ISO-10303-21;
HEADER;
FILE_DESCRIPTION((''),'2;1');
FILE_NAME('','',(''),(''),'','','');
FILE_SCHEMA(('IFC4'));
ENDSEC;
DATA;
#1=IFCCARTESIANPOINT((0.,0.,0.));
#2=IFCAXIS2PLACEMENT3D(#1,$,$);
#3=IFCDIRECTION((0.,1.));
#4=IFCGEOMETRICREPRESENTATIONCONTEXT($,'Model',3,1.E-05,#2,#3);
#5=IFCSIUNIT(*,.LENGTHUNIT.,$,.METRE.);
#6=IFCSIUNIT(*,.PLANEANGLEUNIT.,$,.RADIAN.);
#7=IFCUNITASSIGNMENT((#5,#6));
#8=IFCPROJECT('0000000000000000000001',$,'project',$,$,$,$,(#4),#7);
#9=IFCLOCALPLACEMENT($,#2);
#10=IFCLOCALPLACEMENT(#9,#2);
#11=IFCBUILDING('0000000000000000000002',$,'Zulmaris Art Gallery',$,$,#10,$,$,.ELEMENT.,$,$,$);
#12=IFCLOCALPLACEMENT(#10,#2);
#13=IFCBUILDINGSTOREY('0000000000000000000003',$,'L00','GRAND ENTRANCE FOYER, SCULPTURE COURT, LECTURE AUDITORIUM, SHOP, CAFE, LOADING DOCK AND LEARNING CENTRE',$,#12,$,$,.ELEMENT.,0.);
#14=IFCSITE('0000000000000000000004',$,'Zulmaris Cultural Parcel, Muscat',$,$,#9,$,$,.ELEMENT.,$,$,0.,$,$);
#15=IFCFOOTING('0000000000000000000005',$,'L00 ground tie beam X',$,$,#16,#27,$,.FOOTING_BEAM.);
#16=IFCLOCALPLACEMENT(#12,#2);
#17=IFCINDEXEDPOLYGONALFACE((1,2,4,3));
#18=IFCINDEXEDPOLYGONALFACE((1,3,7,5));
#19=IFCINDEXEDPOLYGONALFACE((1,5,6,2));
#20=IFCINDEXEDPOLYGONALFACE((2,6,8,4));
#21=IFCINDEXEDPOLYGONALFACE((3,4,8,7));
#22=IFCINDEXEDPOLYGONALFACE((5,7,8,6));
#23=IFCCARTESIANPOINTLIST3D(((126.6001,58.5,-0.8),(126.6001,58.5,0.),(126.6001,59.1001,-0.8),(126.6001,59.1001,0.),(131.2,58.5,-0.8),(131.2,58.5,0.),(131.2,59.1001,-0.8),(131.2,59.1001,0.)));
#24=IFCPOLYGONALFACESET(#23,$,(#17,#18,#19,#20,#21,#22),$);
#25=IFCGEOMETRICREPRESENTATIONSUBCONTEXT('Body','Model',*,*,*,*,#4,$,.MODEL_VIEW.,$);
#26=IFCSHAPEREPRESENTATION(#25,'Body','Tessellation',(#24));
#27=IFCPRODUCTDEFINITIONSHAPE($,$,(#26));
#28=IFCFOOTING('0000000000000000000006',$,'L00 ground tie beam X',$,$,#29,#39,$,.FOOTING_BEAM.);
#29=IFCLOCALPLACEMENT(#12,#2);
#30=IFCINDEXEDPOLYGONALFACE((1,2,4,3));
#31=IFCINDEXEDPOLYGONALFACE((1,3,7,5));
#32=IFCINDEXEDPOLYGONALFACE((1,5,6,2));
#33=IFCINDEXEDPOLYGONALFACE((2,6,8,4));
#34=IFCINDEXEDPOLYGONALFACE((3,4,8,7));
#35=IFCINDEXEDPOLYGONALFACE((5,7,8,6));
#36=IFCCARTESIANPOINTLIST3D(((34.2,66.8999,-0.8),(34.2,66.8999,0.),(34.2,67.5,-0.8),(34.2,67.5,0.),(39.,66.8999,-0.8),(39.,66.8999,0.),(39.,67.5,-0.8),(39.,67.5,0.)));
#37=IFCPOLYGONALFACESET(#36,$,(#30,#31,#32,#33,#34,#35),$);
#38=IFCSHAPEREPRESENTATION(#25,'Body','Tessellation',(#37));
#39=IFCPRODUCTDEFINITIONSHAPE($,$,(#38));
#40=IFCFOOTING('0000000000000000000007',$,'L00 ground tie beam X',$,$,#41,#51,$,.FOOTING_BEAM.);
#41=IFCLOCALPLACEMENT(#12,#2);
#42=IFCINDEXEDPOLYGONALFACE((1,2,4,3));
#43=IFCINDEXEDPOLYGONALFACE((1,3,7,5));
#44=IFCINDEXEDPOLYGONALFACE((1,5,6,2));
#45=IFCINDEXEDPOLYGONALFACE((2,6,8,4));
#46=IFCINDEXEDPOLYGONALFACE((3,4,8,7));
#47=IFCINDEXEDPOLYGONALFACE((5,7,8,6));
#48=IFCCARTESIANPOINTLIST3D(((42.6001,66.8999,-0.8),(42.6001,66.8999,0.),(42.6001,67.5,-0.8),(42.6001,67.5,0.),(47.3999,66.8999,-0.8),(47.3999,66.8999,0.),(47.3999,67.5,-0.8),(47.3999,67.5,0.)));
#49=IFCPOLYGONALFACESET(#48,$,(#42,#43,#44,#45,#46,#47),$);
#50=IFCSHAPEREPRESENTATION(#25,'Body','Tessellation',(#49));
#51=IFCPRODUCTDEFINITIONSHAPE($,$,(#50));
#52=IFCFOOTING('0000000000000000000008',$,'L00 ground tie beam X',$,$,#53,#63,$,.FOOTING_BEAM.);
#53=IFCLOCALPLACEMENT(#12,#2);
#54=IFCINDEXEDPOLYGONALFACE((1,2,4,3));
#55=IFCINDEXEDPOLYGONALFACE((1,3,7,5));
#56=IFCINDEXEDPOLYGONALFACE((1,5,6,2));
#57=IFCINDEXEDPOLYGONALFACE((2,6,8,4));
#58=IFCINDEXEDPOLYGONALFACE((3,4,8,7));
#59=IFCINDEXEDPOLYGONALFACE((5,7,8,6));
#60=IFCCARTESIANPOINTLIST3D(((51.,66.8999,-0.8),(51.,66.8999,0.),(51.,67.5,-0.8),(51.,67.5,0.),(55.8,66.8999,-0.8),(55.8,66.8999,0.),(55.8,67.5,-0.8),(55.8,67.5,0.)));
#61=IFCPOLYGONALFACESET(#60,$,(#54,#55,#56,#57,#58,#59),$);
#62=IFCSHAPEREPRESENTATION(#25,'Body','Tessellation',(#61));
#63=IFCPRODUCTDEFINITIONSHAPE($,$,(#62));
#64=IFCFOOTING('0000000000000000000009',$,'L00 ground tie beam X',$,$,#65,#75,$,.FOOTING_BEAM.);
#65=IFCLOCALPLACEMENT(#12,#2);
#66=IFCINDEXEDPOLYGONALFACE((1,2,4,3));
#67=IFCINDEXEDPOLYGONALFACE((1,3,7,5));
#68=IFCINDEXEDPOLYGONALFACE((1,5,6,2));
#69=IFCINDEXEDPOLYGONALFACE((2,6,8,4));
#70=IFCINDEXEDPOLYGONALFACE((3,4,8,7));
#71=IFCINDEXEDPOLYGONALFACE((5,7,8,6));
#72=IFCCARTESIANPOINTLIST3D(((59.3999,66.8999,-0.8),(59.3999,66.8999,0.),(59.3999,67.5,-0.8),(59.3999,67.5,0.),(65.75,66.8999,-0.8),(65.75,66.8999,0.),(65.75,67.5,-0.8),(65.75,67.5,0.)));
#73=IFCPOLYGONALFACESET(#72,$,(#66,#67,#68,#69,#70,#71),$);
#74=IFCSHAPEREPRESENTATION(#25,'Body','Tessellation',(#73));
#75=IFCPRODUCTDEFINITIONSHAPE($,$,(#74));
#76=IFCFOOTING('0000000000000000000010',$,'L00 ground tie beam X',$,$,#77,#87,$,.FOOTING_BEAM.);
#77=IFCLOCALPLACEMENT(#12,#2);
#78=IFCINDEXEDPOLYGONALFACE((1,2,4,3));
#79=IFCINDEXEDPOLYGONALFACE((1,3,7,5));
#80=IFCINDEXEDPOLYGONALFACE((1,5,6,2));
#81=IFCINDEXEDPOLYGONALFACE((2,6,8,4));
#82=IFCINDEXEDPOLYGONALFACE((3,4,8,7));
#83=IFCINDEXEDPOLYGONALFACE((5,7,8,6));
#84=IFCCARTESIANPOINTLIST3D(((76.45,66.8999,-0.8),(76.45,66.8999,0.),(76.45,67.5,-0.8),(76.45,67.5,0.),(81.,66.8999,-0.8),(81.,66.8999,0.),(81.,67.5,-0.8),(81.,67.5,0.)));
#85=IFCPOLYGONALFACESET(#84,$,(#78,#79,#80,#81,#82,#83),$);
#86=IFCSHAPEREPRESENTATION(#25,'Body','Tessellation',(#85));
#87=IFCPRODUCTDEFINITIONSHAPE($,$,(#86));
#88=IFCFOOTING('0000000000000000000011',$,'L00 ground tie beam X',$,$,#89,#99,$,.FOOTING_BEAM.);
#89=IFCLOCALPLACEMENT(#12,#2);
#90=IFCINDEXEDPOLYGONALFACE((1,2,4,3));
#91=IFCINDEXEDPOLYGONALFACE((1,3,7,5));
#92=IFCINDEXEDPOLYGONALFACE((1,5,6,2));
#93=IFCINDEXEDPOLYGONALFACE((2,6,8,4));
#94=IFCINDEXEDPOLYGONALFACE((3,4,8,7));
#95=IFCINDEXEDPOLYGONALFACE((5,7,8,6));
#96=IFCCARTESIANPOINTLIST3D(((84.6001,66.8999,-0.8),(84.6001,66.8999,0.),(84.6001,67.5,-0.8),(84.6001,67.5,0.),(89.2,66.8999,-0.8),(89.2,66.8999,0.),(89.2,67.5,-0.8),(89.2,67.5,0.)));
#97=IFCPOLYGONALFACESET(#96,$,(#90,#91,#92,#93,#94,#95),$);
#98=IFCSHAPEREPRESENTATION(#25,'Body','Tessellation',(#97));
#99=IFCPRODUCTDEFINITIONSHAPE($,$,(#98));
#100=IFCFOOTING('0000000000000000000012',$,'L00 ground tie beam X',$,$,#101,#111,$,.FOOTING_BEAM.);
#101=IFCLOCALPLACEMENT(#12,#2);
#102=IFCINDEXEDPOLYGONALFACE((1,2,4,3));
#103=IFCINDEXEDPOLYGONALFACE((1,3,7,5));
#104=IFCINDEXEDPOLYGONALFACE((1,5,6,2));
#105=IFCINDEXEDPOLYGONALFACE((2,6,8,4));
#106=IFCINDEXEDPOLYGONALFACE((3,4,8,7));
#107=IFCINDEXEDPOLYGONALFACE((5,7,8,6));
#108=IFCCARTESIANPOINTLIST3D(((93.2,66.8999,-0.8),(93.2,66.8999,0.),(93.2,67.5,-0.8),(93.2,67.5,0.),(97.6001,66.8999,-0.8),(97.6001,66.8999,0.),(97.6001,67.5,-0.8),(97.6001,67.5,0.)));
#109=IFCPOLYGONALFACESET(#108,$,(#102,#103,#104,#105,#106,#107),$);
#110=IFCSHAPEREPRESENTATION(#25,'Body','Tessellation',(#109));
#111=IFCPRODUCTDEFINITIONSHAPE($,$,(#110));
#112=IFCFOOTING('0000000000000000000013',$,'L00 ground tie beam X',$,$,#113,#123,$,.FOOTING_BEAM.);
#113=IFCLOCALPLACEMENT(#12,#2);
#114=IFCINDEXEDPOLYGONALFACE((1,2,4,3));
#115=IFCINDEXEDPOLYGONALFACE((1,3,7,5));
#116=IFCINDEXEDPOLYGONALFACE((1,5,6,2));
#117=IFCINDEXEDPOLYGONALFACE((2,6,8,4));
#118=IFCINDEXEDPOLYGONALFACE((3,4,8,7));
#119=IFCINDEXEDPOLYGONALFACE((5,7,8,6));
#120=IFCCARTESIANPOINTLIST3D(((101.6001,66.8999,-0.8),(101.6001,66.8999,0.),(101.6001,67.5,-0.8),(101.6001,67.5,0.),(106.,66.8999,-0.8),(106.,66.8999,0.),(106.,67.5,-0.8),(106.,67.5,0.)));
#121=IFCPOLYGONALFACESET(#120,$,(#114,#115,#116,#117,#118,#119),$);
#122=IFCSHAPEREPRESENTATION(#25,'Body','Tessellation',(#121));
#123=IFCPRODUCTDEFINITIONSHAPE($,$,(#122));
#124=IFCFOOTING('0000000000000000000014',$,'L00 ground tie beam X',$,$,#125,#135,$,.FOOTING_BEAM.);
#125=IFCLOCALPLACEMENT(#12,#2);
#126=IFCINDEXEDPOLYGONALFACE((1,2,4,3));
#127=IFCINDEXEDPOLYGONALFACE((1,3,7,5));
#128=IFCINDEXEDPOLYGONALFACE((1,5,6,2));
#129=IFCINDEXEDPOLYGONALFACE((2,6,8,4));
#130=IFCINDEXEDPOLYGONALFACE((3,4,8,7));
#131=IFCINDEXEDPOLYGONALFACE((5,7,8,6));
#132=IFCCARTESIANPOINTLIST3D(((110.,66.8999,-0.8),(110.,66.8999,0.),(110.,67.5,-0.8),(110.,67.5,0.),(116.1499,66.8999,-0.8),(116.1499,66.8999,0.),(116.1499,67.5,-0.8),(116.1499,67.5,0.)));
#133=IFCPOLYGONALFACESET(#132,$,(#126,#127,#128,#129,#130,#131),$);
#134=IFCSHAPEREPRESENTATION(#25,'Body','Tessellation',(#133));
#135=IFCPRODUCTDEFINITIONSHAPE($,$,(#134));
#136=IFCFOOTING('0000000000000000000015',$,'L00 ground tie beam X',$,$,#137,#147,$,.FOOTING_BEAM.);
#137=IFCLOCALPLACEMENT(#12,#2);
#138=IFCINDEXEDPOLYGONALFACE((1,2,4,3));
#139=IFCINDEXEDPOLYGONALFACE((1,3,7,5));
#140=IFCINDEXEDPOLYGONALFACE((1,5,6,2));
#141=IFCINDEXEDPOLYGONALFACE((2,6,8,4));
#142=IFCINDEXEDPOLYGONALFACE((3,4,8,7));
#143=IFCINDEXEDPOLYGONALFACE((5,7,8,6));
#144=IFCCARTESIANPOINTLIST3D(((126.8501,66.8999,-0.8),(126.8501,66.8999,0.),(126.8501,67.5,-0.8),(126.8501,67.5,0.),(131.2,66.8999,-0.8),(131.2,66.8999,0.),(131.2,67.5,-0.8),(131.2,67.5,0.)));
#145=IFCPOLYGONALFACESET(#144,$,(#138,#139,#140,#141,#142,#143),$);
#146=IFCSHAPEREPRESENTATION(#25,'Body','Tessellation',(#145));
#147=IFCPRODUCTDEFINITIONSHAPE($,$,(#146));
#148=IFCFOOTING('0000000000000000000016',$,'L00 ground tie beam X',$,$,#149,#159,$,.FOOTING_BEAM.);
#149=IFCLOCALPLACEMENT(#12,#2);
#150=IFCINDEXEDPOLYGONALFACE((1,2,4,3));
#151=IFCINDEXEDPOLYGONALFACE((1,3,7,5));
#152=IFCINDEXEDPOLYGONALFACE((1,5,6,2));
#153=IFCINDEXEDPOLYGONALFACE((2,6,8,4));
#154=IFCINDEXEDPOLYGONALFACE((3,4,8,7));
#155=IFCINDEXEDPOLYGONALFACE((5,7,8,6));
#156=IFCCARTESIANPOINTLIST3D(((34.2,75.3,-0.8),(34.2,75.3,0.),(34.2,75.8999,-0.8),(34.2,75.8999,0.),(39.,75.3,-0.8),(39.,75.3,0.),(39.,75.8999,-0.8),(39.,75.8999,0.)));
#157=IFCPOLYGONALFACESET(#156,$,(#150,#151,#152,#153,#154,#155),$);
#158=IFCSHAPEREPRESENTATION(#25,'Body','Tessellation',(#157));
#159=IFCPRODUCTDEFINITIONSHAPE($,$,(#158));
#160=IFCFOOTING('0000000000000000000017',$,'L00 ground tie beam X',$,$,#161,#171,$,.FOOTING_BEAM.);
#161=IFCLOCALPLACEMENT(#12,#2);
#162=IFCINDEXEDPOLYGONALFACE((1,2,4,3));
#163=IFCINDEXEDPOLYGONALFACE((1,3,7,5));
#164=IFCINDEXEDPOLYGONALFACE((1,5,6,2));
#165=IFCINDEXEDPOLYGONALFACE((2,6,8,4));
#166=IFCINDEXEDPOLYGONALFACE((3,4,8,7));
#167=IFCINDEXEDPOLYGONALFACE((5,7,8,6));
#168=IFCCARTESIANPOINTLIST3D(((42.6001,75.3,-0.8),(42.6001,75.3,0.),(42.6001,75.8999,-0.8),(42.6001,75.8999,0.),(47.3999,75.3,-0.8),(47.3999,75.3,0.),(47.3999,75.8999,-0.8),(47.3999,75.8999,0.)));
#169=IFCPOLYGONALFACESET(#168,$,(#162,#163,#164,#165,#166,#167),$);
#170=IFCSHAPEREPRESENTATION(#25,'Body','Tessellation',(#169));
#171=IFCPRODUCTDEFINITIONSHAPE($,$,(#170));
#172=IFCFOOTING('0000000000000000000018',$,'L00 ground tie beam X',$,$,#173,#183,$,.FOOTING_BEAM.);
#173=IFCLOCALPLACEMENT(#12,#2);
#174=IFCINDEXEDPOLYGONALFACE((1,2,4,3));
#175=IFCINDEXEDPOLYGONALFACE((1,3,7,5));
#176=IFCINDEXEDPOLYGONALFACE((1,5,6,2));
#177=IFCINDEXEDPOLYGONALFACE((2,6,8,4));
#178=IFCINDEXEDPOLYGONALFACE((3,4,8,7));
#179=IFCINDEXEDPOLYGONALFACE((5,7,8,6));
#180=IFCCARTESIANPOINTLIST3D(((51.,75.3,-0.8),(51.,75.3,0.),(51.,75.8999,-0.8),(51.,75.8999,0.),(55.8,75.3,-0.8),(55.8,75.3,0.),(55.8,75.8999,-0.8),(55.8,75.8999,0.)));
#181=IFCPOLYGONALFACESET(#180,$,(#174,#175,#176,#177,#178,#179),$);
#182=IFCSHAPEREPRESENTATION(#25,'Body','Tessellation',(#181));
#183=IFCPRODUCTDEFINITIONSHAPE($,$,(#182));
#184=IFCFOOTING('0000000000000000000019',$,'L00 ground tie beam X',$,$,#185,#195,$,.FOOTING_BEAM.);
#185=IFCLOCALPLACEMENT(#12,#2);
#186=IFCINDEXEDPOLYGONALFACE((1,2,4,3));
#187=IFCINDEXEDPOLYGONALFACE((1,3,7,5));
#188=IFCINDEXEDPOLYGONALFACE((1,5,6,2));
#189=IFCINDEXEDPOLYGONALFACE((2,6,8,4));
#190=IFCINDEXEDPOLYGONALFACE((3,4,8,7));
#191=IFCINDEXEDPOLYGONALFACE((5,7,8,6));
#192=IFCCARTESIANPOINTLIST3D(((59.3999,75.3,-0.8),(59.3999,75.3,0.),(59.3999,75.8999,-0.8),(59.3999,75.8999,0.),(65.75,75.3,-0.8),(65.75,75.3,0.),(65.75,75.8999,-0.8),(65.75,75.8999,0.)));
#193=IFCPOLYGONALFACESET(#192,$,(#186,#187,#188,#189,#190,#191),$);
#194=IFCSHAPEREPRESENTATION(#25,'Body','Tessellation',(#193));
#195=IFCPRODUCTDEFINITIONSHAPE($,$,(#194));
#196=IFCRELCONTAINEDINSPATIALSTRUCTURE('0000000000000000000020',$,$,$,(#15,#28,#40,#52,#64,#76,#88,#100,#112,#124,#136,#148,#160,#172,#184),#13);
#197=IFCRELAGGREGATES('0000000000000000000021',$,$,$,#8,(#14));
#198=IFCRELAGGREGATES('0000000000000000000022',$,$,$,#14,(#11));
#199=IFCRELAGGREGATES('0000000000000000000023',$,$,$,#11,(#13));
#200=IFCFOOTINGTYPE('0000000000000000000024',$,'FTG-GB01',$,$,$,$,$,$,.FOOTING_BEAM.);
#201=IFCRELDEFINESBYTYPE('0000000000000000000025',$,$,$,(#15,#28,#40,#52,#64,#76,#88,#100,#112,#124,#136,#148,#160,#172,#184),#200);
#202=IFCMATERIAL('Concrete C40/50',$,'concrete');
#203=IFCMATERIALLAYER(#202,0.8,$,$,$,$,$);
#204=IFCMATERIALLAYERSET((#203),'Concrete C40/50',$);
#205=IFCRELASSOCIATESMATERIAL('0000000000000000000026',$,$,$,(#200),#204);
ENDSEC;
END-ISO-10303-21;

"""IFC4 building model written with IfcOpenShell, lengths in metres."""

from ifc_helpers import new_model, si_unit, direction, frame, origin, place, context, subcontext, project, spatial, polyline, outline, extrude, material, layer, layer_set, type_object, element, save


model = new_model("IFC4")

# Units and contexts
model_context = context("Model", 3, precision=1e-05, world=origin(), true_north=direction((0.0, 1.0)))
body_context = subcontext(model_context, "Body", "Model", "MODEL_VIEW")
ifc_project = project(units=[si_unit("LENGTHUNIT", "METRE"), si_unit("PLANEANGLEUNIT", "RADIAN")], contexts=[model_context])

# Site, building, storey
site_placement = place(None, origin())
site = spatial("IfcSite", under=ifc_project, at=site_placement, Name="Zulmaris Cultural Parcel, Muscat", CompositionType="ELEMENT", RefElevation=0.0)
building_placement = place(site_placement, origin())
building = spatial("IfcBuilding", under=site, at=building_placement, Name="Zulmaris Art Gallery", CompositionType="ELEMENT")
storey_placement = place(building_placement, origin())
storey = spatial("IfcBuildingStorey", under=building, at=storey_placement, Name="L00", Description="GRAND ENTRANCE FOYER, SCULPTURE COURT, LECTURE AUDITORIUM, SHOP, CAFE, LOADING DOCK AND LEARNING CENTRE", CompositionType="ELEMENT", Elevation=0.0)

# Footings
ifc_material = material(Name="Concrete C40/50", Category="concrete")
ifc_layer = layer(ifc_material, 0.8)
ifc_layer_set = layer_set([ifc_layer], Name="Concrete C40/50")
footing_type = type_object("IfcFootingType", Name="FTG-GB01", PredefinedType="FOOTING_BEAM", material=ifc_layer_set)
footing_1_placement = place(storey_placement, frame((0.0, 0.0, -0.8)))
element("IfcFooting", 1, at=footing_1_placement, inside=storey, type_object=footing_type, Name="L00 ground tie beam X", PredefinedType="FOOTING_BEAM", context=body_context, shape_type="SweptSolid", body=[
    extrude(outline(polyline([(126.6001, 58.5), (131.2, 58.5), (131.2, 59.1001), (126.6001, 59.1001), (126.6001, 58.5)])), origin(), (0.0, 0.0, 1.0), 0.8),
])
footing_2_placement = place(storey_placement, frame((0.0, 0.0, -0.8)))
element("IfcFooting", 2, at=footing_2_placement, inside=storey, type_object=footing_type, Name="L00 ground tie beam X", PredefinedType="FOOTING_BEAM", context=body_context, shape_type="SweptSolid", body=[
    extrude(outline(polyline([(34.2, 66.8999), (39.0, 66.8999), (39.0, 67.5), (34.2, 67.5), (34.2, 66.8999)])), origin(), (0.0, 0.0, 1.0), 0.8),
])
footing_3_placement = place(storey_placement, frame((0.0, 0.0, -0.8)))
element("IfcFooting", 3, at=footing_3_placement, inside=storey, type_object=footing_type, Name="L00 ground tie beam X", PredefinedType="FOOTING_BEAM", context=body_context, shape_type="SweptSolid", body=[
    extrude(outline(polyline([(42.6001, 66.8999), (47.3999, 66.8999), (47.3999, 67.5), (42.6001, 67.5), (42.6001, 66.8999)])), origin(), (0.0, 0.0, 1.0), 0.8),
])
footing_4_placement = place(storey_placement, frame((0.0, 0.0, -0.8)))
element("IfcFooting", 4, at=footing_4_placement, inside=storey, type_object=footing_type, Name="L00 ground tie beam X", PredefinedType="FOOTING_BEAM", context=body_context, shape_type="SweptSolid", body=[
    extrude(outline(polyline([(51.0, 66.8999), (55.8, 66.8999), (55.8, 67.5), (51.0, 67.5), (51.0, 66.8999)])), origin(), (0.0, 0.0, 1.0), 0.8),
])
footing_5_placement = place(storey_placement, frame((0.0, 0.0, -0.8)))
element("IfcFooting", 5, at=footing_5_placement, inside=storey, type_object=footing_type, Name="L00 ground tie beam X", PredefinedType="FOOTING_BEAM", context=body_context, shape_type="SweptSolid", body=[
    extrude(outline(polyline([(59.3999, 66.8999), (65.75, 66.8999), (65.75, 67.5), (59.3999, 67.5), (59.3999, 66.8999)])), origin(), (0.0, 0.0, 1.0), 0.8),
])
footing_6_placement = place(storey_placement, frame((0.0, 0.0, -0.8)))
element("IfcFooting", 6, at=footing_6_placement, inside=storey, type_object=footing_type, Name="L00 ground tie beam X", PredefinedType="FOOTING_BEAM", context=body_context, shape_type="SweptSolid", body=[
    extrude(outline(polyline([(76.45, 66.8999), (81.0, 66.8999), (81.0, 67.5), (76.45, 67.5), (76.45, 66.8999)])), origin(), (0.0, 0.0, 1.0), 0.8),
])
footing_7_placement = place(storey_placement, frame((0.0, 0.0, -0.8)))
element("IfcFooting", 7, at=footing_7_placement, inside=storey, type_object=footing_type, Name="L00 ground tie beam X", PredefinedType="FOOTING_BEAM", context=body_context, shape_type="SweptSolid", body=[
    extrude(outline(polyline([(84.6001, 66.8999), (89.2, 66.8999), (89.2, 67.5), (84.6001, 67.5), (84.6001, 66.8999)])), origin(), (0.0, 0.0, 1.0), 0.8),
])
footing_8_placement = place(storey_placement, frame((0.0, 0.0, -0.8)))
element("IfcFooting", 8, at=footing_8_placement, inside=storey, type_object=footing_type, Name="L00 ground tie beam X", PredefinedType="FOOTING_BEAM", context=body_context, shape_type="SweptSolid", body=[
    extrude(outline(polyline([(93.2, 66.8999), (97.6001, 66.8999), (97.6001, 67.5), (93.2, 67.5), (93.2, 66.8999)])), origin(), (0.0, 0.0, 1.0), 0.8),
])
footing_9_placement = place(storey_placement, frame((0.0, 0.0, -0.8)))
element("IfcFooting", 9, at=footing_9_placement, inside=storey, type_object=footing_type, Name="L00 ground tie beam X", PredefinedType="FOOTING_BEAM", context=body_context, shape_type="SweptSolid", body=[
    extrude(outline(polyline([(101.6001, 66.8999), (106.0, 66.8999), (106.0, 67.5), (101.6001, 67.5), (101.6001, 66.8999)])), origin(), (0.0, 0.0, 1.0), 0.8),
])
footing_10_placement = place(storey_placement, frame((0.0, 0.0, -0.8)))
element("IfcFooting", 10, at=footing_10_placement, inside=storey, type_object=footing_type, Name="L00 ground tie beam X", PredefinedType="FOOTING_BEAM", context=body_context, shape_type="SweptSolid", body=[
    extrude(outline(polyline([(110.0, 66.8999), (116.1499, 66.8999), (116.1499, 67.5), (110.0, 67.5), (110.0, 66.8999)])), origin(), (0.0, 0.0, 1.0), 0.8),
])
footing_11_placement = place(storey_placement, frame((0.0, 0.0, -0.8)))
element("IfcFooting", 11, at=footing_11_placement, inside=storey, type_object=footing_type, Name="L00 ground tie beam X", PredefinedType="FOOTING_BEAM", context=body_context, shape_type="SweptSolid", body=[
    extrude(outline(polyline([(126.8501, 66.8999), (131.2, 66.8999), (131.2, 67.5), (126.8501, 67.5), (126.8501, 66.8999)])), origin(), (0.0, 0.0, 1.0), 0.8),
])
footing_12_placement = place(storey_placement, frame((0.0, 0.0, -0.8)))
element("IfcFooting", 12, at=footing_12_placement, inside=storey, type_object=footing_type, Name="L00 ground tie beam X", PredefinedType="FOOTING_BEAM", context=body_context, shape_type="SweptSolid", body=[
    extrude(outline(polyline([(34.2, 75.3), (39.0, 75.3), (39.0, 75.8999), (34.2, 75.8999), (34.2, 75.3)])), origin(), (0.0, 0.0, 1.0), 0.8),
])
footing_13_placement = place(storey_placement, frame((0.0, 0.0, -0.8)))
element("IfcFooting", 13, at=footing_13_placement, inside=storey, type_object=footing_type, Name="L00 ground tie beam X", PredefinedType="FOOTING_BEAM", context=body_context, shape_type="SweptSolid", body=[
    extrude(outline(polyline([(42.6001, 75.3), (47.3999, 75.3), (47.3999, 75.8999), (42.6001, 75.8999), (42.6001, 75.3)])), origin(), (0.0, 0.0, 1.0), 0.8),
])
footing_14_placement = place(storey_placement, frame((0.0, 0.0, -0.8)))
element("IfcFooting", 14, at=footing_14_placement, inside=storey, type_object=footing_type, Name="L00 ground tie beam X", PredefinedType="FOOTING_BEAM", context=body_context, shape_type="SweptSolid", body=[
    extrude(outline(polyline([(51.0, 75.3), (55.8, 75.3), (55.8, 75.8999), (51.0, 75.8999), (51.0, 75.3)])), origin(), (0.0, 0.0, 1.0), 0.8),
])
footing_15_placement = place(storey_placement, frame((0.0, 0.0, -0.8)))
element("IfcFooting", 15, at=footing_15_placement, inside=storey, type_object=footing_type, Name="L00 ground tie beam X", PredefinedType="FOOTING_BEAM", context=body_context, shape_type="SweptSolid", body=[
    extrude(outline(polyline([(59.3999, 75.3), (65.75, 75.3), (65.75, 75.8999), (59.3999, 75.8999), (59.3999, 75.3)])), origin(), (0.0, 0.0, 1.0), 0.8),
])

save(model, "model.ifc")
